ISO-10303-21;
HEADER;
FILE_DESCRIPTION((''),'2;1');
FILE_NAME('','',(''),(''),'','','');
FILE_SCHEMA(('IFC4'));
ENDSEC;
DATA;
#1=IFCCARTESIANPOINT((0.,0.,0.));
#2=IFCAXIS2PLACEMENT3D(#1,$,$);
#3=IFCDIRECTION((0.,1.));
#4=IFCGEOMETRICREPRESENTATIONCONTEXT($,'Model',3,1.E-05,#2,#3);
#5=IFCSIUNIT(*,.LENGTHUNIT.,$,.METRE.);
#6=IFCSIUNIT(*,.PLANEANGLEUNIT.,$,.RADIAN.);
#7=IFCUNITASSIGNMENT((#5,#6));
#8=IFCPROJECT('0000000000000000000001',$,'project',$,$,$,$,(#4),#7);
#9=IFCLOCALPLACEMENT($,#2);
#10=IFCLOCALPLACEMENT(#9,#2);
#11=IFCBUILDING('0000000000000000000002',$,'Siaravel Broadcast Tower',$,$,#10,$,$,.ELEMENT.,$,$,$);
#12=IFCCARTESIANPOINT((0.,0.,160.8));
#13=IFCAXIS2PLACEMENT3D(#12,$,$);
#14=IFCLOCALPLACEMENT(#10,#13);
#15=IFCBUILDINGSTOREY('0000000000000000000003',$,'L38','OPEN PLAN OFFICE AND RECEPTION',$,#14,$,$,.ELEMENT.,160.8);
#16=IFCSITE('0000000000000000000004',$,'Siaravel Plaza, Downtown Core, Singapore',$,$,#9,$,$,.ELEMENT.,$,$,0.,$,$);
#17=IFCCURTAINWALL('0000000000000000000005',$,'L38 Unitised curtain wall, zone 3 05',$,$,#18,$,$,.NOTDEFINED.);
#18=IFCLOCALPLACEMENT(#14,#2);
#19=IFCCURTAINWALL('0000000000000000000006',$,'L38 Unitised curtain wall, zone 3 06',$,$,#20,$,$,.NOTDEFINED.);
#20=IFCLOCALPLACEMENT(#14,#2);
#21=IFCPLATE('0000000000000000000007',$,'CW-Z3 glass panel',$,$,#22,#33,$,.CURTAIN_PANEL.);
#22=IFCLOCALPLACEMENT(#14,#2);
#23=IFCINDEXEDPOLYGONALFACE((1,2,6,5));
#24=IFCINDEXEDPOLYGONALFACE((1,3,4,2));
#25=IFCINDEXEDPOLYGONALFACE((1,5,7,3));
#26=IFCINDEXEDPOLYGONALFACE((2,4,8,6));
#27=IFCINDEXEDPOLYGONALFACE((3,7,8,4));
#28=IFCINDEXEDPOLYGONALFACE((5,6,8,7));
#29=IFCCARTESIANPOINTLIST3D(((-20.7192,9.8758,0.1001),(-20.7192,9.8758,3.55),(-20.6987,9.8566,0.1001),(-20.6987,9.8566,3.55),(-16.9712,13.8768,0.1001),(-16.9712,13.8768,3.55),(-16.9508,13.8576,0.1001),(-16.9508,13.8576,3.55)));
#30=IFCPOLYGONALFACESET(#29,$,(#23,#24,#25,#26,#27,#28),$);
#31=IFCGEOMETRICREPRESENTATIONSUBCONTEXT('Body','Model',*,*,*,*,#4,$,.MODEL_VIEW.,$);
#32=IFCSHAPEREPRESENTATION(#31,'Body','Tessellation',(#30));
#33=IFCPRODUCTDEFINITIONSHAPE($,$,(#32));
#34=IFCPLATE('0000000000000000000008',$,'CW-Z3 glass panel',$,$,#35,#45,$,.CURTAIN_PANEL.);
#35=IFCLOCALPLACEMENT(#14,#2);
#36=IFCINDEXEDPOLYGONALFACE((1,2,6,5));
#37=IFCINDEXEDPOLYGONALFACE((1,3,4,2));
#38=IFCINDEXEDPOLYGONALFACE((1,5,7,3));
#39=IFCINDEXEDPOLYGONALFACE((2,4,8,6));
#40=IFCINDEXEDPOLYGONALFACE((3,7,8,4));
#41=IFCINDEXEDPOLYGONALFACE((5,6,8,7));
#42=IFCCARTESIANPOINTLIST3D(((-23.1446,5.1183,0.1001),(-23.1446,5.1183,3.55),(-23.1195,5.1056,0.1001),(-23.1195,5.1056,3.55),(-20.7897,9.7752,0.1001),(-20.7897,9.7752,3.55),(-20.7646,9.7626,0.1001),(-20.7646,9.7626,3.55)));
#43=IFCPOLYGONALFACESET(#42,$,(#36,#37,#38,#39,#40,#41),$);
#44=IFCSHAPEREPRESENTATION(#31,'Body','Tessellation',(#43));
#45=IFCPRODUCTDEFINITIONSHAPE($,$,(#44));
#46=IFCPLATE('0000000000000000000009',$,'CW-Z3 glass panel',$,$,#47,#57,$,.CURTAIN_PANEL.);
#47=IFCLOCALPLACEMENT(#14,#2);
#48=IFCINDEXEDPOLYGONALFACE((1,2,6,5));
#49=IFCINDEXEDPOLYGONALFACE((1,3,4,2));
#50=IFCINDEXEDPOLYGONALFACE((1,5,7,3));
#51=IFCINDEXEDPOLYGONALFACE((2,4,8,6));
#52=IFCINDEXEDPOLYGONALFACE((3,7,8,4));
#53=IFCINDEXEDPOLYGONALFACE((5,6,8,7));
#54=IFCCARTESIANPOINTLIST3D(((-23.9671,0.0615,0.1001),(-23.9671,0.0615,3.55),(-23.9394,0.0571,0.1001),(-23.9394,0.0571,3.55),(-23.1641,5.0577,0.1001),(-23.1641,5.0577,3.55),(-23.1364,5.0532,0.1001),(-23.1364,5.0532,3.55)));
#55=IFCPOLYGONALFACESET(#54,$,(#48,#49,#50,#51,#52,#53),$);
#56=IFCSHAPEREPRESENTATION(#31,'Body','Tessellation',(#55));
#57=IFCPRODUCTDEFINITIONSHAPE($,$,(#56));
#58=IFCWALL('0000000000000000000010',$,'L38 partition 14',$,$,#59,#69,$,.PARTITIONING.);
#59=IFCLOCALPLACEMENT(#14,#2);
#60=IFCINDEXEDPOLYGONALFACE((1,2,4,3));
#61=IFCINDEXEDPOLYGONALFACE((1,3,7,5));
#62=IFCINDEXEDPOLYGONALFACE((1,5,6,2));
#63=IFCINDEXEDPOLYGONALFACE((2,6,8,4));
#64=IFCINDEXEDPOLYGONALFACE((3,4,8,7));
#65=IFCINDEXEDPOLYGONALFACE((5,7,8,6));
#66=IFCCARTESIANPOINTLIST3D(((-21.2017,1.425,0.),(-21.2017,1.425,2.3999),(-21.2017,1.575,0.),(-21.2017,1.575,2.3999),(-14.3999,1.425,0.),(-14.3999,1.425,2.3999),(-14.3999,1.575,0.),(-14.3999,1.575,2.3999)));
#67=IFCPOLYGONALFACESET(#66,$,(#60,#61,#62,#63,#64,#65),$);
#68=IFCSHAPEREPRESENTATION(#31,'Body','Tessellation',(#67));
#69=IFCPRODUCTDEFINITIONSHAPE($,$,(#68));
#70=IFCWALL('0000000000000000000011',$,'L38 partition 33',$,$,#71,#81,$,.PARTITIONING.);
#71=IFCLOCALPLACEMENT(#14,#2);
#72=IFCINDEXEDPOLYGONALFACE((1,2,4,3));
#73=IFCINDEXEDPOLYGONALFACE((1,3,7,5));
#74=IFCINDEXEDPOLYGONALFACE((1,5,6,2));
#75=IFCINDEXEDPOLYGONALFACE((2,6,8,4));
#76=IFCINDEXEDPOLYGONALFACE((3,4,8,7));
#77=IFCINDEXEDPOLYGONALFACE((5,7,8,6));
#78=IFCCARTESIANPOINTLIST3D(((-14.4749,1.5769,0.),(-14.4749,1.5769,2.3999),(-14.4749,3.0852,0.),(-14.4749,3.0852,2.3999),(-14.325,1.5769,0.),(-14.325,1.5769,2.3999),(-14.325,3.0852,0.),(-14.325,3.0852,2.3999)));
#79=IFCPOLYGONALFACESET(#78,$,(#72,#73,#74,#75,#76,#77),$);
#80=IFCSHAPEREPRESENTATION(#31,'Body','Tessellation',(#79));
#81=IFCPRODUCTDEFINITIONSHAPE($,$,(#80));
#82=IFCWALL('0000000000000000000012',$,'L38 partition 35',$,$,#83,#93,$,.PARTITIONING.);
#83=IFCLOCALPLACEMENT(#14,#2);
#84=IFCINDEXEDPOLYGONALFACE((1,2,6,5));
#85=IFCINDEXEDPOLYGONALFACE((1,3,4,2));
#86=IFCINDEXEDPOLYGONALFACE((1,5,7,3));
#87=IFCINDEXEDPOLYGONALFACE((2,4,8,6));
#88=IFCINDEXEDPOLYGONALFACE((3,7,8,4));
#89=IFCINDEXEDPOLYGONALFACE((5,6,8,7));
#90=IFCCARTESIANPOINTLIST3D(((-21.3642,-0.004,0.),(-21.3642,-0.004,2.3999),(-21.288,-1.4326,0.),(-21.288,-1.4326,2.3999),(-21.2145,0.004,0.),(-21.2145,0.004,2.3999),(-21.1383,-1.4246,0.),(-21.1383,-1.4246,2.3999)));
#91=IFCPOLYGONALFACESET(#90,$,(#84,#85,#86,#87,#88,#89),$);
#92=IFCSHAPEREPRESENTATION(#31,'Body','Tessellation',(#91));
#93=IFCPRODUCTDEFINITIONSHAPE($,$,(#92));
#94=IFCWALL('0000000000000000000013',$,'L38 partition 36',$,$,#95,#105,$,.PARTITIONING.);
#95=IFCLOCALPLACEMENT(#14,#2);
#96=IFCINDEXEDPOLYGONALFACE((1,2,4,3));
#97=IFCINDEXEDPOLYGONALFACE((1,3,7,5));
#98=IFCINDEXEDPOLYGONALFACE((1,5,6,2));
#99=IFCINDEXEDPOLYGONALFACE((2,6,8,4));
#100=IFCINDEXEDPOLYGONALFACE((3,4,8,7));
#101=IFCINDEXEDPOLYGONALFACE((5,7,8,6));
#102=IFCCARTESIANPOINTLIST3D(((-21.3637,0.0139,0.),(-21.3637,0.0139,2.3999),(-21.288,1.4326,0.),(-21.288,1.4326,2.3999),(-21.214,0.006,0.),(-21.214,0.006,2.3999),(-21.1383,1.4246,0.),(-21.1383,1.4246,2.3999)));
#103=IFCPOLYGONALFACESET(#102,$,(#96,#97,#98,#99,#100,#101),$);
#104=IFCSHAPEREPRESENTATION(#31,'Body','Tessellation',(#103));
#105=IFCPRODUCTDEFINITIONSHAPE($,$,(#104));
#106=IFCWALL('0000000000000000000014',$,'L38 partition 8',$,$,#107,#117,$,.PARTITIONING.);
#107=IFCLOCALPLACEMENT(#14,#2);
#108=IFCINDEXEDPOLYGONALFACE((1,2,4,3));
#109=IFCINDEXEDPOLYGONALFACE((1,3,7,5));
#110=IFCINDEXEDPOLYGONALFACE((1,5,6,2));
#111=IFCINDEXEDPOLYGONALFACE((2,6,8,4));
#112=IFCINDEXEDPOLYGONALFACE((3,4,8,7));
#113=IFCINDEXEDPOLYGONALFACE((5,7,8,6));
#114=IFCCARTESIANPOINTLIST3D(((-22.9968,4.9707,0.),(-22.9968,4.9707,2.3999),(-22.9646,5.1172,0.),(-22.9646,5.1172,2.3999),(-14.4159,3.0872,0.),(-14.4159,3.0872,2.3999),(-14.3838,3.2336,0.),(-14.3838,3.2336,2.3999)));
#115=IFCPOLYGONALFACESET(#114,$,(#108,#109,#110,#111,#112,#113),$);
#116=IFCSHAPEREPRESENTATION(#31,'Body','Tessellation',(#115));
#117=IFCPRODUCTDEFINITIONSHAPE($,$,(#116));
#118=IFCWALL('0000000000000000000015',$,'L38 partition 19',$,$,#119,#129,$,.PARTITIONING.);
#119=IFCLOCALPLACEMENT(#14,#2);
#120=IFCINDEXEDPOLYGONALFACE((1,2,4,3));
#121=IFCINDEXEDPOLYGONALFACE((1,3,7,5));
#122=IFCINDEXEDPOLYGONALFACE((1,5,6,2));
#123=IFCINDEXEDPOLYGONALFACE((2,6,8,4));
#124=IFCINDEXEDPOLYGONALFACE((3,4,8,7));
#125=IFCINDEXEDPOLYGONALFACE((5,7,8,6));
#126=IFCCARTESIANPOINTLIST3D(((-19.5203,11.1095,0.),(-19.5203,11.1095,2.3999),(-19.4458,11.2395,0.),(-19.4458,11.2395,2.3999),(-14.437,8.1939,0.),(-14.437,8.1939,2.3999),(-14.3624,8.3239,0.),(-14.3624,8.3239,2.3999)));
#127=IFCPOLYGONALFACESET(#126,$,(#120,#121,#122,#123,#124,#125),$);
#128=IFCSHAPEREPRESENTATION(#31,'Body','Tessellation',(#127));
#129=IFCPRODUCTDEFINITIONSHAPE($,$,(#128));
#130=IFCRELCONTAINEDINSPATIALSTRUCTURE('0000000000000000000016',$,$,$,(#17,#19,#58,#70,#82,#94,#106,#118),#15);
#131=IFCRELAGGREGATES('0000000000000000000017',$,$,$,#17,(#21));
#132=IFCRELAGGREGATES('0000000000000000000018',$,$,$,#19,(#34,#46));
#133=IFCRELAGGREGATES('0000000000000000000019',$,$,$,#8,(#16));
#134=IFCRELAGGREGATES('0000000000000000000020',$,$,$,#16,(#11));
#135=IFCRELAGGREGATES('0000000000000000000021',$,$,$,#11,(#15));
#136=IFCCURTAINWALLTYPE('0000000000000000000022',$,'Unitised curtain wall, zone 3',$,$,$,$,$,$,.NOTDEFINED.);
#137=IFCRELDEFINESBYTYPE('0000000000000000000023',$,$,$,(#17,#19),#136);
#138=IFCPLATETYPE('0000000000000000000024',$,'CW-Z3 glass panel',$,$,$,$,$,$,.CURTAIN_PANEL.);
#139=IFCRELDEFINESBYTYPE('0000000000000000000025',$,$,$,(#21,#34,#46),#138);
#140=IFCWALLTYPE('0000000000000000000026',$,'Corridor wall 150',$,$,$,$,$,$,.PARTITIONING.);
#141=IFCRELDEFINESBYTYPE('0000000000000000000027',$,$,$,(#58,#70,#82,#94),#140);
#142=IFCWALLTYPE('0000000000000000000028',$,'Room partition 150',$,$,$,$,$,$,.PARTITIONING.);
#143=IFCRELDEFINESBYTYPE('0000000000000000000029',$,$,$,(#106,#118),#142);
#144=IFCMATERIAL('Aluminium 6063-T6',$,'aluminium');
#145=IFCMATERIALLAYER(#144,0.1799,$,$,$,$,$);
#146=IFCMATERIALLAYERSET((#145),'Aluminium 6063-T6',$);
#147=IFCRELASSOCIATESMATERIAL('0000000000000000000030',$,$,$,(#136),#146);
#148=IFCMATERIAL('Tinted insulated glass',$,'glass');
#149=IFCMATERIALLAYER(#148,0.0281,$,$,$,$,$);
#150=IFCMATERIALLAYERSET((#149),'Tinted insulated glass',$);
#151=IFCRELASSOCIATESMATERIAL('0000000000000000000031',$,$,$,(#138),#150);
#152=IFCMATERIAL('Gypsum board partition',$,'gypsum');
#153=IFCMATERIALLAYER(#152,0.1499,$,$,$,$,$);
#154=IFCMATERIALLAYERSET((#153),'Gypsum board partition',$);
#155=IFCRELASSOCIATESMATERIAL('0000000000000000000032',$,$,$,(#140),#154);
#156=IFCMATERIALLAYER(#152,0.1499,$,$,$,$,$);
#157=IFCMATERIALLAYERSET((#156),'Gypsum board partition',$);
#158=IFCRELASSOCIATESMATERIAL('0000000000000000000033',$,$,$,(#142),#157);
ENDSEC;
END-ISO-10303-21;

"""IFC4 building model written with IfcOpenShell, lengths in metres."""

from ifc_helpers import new_model, si_unit, direction, frame, frame_2d, origin, origin_2d, place, context, subcontext, project, spatial, rectangle, extrude, material, layer, layer_set, type_object, element, aggregate, save


model = new_model("IFC4")

# Units and contexts
model_context = context("Model", 3, precision=1e-05, world=origin(), true_north=direction((0.0, 1.0)))
body_context = subcontext(model_context, "Body", "Model", "MODEL_VIEW")
ifc_project = project(units=[si_unit("LENGTHUNIT", "METRE"), si_unit("PLANEANGLEUNIT", "RADIAN")], contexts=[model_context])

# Site, building, storey
site_placement = place(None, origin())
site = spatial("IfcSite", under=ifc_project, at=site_placement, Name="Siaravel Plaza, Downtown Core, Singapore", CompositionType="ELEMENT", RefElevation=0.0)
building_placement = place(site_placement, origin())
building = spatial("IfcBuilding", under=site, at=building_placement, Name="Siaravel Broadcast Tower", CompositionType="ELEMENT")
storey_placement = place(building_placement, frame((0.0, 0.0, 160.8)))
storey = spatial("IfcBuildingStorey", under=building, at=storey_placement, Name="L38", Description="OPEN PLAN OFFICE AND RECEPTION", CompositionType="ELEMENT", Elevation=160.8)

# Curtain walls
ifc_material_1 = material(Name="Aluminium 6063-T6", Category="aluminium")
ifc_layer_1 = layer(ifc_material_1, 0.1799)
ifc_layer_set_1 = layer_set([ifc_layer_1], Name="Aluminium 6063-T6")
curtain_wall_type = type_object("IfcCurtainWallType", Name="Unitised curtain wall, zone 3", PredefinedType="NOTDEFINED", material=ifc_layer_set_1)
curtain_wall_1_placement = place(storey_placement, origin())
curtain_wall_1 = element("IfcCurtainWall", 1, at=curtain_wall_1_placement, inside=storey, type_object=curtain_wall_type, Name="L38 Unitised curtain wall, zone 3 05", PredefinedType="NOTDEFINED")
curtain_wall_2_placement = place(storey_placement, origin())
curtain_wall_2 = element("IfcCurtainWall", 2, at=curtain_wall_2_placement, inside=storey, type_object=curtain_wall_type, Name="L38 Unitised curtain wall, zone 3 06", PredefinedType="NOTDEFINED")

# Plates
ifc_material_2 = material(Name="Tinted insulated glass", Category="glass")
ifc_layer_2 = layer(ifc_material_2, 0.0281)
ifc_layer_set_2 = layer_set([ifc_layer_2], Name="Tinted insulated glass")
plate_type = type_object("IfcPlateType", Name="CW-Z3 glass panel", PredefinedType="CURTAIN_PANEL", material=ifc_layer_set_2)
plate_1_placement = place(storey_placement, frame((-18.835, 11.8667, 0.1001), z_axis=(0.0, 0.0, 1.0), x_axis=(-0.683654, -0.729806, 0.0)))
plate_1 = element("IfcPlate", 3, at=plate_1_placement, type_object=plate_type, Name="CW-Z3 glass panel", PredefinedType="CURTAIN_PANEL", context=body_context, shape_type="SweptSolid", body=[
    extrude(rectangle(XDim=5.4822, YDim=0.0281, at=origin_2d()), origin(), (0.0, 0.0, 1.0), 3.45),
])
aggregate(curtain_wall_1, [plate_1])
plate_2_placement = place(storey_placement, frame((-21.9546, 7.4404, 0.1001), z_axis=(0.0, 0.0, 1.0), x_axis=(-0.45126, -0.892393, 0.0)))
plate_2 = element("IfcPlate", 4, at=plate_2_placement, type_object=plate_type, Name="CW-Z3 glass panel", PredefinedType="CURTAIN_PANEL", context=body_context, shape_type="SweptSolid", body=[
    extrude(rectangle(XDim=5.2185, YDim=0.0281, at=origin_2d()), origin(), (0.0, 0.0, 1.0), 3.45),
])
plate_3_placement = place(storey_placement, frame((-23.5518, 2.5574, 0.1001), z_axis=(0.0, 0.0, 1.0), x_axis=(-0.158685, -0.987329, 0.0)))
plate_3 = element("IfcPlate", 5, at=plate_3_placement, type_object=plate_type, Name="CW-Z3 glass panel", PredefinedType="CURTAIN_PANEL", context=body_context, shape_type="SweptSolid", body=[
    extrude(rectangle(XDim=5.0603, YDim=0.0281, at=origin_2d()), origin(), (0.0, 0.0, 1.0), 3.45),
])
aggregate(curtain_wall_2, [plate_2, plate_3])

# Wall
ifc_material_3 = material(Name="Gypsum board partition", Category="gypsum")
ifc_layer_3 = layer(ifc_material_3, 0.1499)
ifc_layer_set_3 = layer_set([ifc_layer_3], Name="Gypsum board partition")
wall_type_1 = type_object("IfcWallType", Name="Corridor wall 150", PredefinedType="PARTITIONING", material=ifc_layer_set_3)
wall_1_placement = place(storey_placement, frame((-14.3999, 1.5, 0.0), z_axis=(0.0, 0.0, 1.0), x_axis=(-1.0, 0.0, 0.0)))
element("IfcWall", 6, at=wall_1_placement, inside=storey, type_object=wall_type_1, Name="L38 partition 14", PredefinedType="PARTITIONING", context=body_context, shape_type="SweptSolid", body=[
    extrude(rectangle(XDim=6.8018, YDim=0.1499, at=frame_2d((3.4009, 0.0))), origin(), (0.0, 0.0, 1.0), 2.3999),
])

# Walls
wall_2_placement = place(storey_placement, frame((-14.3999, 3.0852, 0.0), z_axis=(0.0, 0.0, 1.0), x_axis=(0.0, -1.0, 0.0)))
element("IfcWall", 7, at=wall_2_placement, inside=storey, type_object=wall_type_1, Name="L38 partition 33", PredefinedType="PARTITIONING", context=body_context, shape_type="SweptSolid", body=[
    extrude(rectangle(XDim=1.5083, YDim=0.1499, at=frame_2d((0.7542, 0.0))), origin(), (0.0, 0.0, 1.0), 2.3999),
])
wall_3_placement = place(storey_placement, frame((-21.2893, 0.0, 0.0), z_axis=(0.0, 0.0, 1.0), x_axis=(0.053239, -0.998582, 0.0)))
element("IfcWall", 8, at=wall_3_placement, inside=storey, type_object=wall_type_1, Name="L38 partition 35", PredefinedType="PARTITIONING", context=body_context, shape_type="SweptSolid", body=[
    extrude(rectangle(XDim=1.4307, YDim=0.1499, at=frame_2d((0.7153, 0.0))), origin(), (0.0, 0.0, 1.0), 2.3999),
])
wall_4_placement = place(storey_placement, frame((-21.2131, 1.4287, 0.0), z_axis=(0.0, 0.0, 1.0), x_axis=(-0.053271, -0.99858, 0.0)))
element("IfcWall", 9, at=wall_4_placement, inside=storey, type_object=wall_type_1, Name="L38 partition 36", PredefinedType="PARTITIONING", context=body_context, shape_type="SweptSolid", body=[
    extrude(rectangle(XDim=1.4207, YDim=0.1499, at=frame_2d((0.7104, 0.0))), origin(), (0.0, 0.0, 1.0), 2.3999),
])
ifc_layer_4 = layer(ifc_material_3, 0.1499)
ifc_layer_set_4 = layer_set([ifc_layer_4], Name="Gypsum board partition")
wall_type_2 = type_object("IfcWallType", Name="Room partition 150", PredefinedType="PARTITIONING", material=ifc_layer_set_4)
wall_5_placement = place(storey_placement, frame((-22.9807, 5.0439, 0.0), z_axis=(0.0, 0.0, 1.0), x_axis=(0.976745, -0.214402, 0.0)))
element("IfcWall", 10, at=wall_5_placement, inside=storey, type_object=wall_type_2, Name="L38 partition 8", PredefinedType="PARTITIONING", context=body_context, shape_type="SweptSolid", body=[
    extrude(rectangle(XDim=8.7852, YDim=0.1499, at=frame_2d((4.3926, 0.0))), origin(), (0.0, 0.0, 1.0), 2.3999),
])
wall_6_placement = place(storey_placement, frame((-19.4832, 11.1746, 0.0), z_axis=(0.0, 0.0, 1.0), x_axis=(0.867447, -0.497529, 0.0)))
element("IfcWall", 11, at=wall_6_placement, inside=storey, type_object=wall_type_2, Name="L38 partition 19", PredefinedType="PARTITIONING", context=body_context, shape_type="SweptSolid", body=[
    extrude(rectangle(XDim=5.8601, YDim=0.1499, at=frame_2d((2.9302, 0.0))), origin(), (0.0, 0.0, 1.0), 2.3999),
])

save(model, "model.ifc")
